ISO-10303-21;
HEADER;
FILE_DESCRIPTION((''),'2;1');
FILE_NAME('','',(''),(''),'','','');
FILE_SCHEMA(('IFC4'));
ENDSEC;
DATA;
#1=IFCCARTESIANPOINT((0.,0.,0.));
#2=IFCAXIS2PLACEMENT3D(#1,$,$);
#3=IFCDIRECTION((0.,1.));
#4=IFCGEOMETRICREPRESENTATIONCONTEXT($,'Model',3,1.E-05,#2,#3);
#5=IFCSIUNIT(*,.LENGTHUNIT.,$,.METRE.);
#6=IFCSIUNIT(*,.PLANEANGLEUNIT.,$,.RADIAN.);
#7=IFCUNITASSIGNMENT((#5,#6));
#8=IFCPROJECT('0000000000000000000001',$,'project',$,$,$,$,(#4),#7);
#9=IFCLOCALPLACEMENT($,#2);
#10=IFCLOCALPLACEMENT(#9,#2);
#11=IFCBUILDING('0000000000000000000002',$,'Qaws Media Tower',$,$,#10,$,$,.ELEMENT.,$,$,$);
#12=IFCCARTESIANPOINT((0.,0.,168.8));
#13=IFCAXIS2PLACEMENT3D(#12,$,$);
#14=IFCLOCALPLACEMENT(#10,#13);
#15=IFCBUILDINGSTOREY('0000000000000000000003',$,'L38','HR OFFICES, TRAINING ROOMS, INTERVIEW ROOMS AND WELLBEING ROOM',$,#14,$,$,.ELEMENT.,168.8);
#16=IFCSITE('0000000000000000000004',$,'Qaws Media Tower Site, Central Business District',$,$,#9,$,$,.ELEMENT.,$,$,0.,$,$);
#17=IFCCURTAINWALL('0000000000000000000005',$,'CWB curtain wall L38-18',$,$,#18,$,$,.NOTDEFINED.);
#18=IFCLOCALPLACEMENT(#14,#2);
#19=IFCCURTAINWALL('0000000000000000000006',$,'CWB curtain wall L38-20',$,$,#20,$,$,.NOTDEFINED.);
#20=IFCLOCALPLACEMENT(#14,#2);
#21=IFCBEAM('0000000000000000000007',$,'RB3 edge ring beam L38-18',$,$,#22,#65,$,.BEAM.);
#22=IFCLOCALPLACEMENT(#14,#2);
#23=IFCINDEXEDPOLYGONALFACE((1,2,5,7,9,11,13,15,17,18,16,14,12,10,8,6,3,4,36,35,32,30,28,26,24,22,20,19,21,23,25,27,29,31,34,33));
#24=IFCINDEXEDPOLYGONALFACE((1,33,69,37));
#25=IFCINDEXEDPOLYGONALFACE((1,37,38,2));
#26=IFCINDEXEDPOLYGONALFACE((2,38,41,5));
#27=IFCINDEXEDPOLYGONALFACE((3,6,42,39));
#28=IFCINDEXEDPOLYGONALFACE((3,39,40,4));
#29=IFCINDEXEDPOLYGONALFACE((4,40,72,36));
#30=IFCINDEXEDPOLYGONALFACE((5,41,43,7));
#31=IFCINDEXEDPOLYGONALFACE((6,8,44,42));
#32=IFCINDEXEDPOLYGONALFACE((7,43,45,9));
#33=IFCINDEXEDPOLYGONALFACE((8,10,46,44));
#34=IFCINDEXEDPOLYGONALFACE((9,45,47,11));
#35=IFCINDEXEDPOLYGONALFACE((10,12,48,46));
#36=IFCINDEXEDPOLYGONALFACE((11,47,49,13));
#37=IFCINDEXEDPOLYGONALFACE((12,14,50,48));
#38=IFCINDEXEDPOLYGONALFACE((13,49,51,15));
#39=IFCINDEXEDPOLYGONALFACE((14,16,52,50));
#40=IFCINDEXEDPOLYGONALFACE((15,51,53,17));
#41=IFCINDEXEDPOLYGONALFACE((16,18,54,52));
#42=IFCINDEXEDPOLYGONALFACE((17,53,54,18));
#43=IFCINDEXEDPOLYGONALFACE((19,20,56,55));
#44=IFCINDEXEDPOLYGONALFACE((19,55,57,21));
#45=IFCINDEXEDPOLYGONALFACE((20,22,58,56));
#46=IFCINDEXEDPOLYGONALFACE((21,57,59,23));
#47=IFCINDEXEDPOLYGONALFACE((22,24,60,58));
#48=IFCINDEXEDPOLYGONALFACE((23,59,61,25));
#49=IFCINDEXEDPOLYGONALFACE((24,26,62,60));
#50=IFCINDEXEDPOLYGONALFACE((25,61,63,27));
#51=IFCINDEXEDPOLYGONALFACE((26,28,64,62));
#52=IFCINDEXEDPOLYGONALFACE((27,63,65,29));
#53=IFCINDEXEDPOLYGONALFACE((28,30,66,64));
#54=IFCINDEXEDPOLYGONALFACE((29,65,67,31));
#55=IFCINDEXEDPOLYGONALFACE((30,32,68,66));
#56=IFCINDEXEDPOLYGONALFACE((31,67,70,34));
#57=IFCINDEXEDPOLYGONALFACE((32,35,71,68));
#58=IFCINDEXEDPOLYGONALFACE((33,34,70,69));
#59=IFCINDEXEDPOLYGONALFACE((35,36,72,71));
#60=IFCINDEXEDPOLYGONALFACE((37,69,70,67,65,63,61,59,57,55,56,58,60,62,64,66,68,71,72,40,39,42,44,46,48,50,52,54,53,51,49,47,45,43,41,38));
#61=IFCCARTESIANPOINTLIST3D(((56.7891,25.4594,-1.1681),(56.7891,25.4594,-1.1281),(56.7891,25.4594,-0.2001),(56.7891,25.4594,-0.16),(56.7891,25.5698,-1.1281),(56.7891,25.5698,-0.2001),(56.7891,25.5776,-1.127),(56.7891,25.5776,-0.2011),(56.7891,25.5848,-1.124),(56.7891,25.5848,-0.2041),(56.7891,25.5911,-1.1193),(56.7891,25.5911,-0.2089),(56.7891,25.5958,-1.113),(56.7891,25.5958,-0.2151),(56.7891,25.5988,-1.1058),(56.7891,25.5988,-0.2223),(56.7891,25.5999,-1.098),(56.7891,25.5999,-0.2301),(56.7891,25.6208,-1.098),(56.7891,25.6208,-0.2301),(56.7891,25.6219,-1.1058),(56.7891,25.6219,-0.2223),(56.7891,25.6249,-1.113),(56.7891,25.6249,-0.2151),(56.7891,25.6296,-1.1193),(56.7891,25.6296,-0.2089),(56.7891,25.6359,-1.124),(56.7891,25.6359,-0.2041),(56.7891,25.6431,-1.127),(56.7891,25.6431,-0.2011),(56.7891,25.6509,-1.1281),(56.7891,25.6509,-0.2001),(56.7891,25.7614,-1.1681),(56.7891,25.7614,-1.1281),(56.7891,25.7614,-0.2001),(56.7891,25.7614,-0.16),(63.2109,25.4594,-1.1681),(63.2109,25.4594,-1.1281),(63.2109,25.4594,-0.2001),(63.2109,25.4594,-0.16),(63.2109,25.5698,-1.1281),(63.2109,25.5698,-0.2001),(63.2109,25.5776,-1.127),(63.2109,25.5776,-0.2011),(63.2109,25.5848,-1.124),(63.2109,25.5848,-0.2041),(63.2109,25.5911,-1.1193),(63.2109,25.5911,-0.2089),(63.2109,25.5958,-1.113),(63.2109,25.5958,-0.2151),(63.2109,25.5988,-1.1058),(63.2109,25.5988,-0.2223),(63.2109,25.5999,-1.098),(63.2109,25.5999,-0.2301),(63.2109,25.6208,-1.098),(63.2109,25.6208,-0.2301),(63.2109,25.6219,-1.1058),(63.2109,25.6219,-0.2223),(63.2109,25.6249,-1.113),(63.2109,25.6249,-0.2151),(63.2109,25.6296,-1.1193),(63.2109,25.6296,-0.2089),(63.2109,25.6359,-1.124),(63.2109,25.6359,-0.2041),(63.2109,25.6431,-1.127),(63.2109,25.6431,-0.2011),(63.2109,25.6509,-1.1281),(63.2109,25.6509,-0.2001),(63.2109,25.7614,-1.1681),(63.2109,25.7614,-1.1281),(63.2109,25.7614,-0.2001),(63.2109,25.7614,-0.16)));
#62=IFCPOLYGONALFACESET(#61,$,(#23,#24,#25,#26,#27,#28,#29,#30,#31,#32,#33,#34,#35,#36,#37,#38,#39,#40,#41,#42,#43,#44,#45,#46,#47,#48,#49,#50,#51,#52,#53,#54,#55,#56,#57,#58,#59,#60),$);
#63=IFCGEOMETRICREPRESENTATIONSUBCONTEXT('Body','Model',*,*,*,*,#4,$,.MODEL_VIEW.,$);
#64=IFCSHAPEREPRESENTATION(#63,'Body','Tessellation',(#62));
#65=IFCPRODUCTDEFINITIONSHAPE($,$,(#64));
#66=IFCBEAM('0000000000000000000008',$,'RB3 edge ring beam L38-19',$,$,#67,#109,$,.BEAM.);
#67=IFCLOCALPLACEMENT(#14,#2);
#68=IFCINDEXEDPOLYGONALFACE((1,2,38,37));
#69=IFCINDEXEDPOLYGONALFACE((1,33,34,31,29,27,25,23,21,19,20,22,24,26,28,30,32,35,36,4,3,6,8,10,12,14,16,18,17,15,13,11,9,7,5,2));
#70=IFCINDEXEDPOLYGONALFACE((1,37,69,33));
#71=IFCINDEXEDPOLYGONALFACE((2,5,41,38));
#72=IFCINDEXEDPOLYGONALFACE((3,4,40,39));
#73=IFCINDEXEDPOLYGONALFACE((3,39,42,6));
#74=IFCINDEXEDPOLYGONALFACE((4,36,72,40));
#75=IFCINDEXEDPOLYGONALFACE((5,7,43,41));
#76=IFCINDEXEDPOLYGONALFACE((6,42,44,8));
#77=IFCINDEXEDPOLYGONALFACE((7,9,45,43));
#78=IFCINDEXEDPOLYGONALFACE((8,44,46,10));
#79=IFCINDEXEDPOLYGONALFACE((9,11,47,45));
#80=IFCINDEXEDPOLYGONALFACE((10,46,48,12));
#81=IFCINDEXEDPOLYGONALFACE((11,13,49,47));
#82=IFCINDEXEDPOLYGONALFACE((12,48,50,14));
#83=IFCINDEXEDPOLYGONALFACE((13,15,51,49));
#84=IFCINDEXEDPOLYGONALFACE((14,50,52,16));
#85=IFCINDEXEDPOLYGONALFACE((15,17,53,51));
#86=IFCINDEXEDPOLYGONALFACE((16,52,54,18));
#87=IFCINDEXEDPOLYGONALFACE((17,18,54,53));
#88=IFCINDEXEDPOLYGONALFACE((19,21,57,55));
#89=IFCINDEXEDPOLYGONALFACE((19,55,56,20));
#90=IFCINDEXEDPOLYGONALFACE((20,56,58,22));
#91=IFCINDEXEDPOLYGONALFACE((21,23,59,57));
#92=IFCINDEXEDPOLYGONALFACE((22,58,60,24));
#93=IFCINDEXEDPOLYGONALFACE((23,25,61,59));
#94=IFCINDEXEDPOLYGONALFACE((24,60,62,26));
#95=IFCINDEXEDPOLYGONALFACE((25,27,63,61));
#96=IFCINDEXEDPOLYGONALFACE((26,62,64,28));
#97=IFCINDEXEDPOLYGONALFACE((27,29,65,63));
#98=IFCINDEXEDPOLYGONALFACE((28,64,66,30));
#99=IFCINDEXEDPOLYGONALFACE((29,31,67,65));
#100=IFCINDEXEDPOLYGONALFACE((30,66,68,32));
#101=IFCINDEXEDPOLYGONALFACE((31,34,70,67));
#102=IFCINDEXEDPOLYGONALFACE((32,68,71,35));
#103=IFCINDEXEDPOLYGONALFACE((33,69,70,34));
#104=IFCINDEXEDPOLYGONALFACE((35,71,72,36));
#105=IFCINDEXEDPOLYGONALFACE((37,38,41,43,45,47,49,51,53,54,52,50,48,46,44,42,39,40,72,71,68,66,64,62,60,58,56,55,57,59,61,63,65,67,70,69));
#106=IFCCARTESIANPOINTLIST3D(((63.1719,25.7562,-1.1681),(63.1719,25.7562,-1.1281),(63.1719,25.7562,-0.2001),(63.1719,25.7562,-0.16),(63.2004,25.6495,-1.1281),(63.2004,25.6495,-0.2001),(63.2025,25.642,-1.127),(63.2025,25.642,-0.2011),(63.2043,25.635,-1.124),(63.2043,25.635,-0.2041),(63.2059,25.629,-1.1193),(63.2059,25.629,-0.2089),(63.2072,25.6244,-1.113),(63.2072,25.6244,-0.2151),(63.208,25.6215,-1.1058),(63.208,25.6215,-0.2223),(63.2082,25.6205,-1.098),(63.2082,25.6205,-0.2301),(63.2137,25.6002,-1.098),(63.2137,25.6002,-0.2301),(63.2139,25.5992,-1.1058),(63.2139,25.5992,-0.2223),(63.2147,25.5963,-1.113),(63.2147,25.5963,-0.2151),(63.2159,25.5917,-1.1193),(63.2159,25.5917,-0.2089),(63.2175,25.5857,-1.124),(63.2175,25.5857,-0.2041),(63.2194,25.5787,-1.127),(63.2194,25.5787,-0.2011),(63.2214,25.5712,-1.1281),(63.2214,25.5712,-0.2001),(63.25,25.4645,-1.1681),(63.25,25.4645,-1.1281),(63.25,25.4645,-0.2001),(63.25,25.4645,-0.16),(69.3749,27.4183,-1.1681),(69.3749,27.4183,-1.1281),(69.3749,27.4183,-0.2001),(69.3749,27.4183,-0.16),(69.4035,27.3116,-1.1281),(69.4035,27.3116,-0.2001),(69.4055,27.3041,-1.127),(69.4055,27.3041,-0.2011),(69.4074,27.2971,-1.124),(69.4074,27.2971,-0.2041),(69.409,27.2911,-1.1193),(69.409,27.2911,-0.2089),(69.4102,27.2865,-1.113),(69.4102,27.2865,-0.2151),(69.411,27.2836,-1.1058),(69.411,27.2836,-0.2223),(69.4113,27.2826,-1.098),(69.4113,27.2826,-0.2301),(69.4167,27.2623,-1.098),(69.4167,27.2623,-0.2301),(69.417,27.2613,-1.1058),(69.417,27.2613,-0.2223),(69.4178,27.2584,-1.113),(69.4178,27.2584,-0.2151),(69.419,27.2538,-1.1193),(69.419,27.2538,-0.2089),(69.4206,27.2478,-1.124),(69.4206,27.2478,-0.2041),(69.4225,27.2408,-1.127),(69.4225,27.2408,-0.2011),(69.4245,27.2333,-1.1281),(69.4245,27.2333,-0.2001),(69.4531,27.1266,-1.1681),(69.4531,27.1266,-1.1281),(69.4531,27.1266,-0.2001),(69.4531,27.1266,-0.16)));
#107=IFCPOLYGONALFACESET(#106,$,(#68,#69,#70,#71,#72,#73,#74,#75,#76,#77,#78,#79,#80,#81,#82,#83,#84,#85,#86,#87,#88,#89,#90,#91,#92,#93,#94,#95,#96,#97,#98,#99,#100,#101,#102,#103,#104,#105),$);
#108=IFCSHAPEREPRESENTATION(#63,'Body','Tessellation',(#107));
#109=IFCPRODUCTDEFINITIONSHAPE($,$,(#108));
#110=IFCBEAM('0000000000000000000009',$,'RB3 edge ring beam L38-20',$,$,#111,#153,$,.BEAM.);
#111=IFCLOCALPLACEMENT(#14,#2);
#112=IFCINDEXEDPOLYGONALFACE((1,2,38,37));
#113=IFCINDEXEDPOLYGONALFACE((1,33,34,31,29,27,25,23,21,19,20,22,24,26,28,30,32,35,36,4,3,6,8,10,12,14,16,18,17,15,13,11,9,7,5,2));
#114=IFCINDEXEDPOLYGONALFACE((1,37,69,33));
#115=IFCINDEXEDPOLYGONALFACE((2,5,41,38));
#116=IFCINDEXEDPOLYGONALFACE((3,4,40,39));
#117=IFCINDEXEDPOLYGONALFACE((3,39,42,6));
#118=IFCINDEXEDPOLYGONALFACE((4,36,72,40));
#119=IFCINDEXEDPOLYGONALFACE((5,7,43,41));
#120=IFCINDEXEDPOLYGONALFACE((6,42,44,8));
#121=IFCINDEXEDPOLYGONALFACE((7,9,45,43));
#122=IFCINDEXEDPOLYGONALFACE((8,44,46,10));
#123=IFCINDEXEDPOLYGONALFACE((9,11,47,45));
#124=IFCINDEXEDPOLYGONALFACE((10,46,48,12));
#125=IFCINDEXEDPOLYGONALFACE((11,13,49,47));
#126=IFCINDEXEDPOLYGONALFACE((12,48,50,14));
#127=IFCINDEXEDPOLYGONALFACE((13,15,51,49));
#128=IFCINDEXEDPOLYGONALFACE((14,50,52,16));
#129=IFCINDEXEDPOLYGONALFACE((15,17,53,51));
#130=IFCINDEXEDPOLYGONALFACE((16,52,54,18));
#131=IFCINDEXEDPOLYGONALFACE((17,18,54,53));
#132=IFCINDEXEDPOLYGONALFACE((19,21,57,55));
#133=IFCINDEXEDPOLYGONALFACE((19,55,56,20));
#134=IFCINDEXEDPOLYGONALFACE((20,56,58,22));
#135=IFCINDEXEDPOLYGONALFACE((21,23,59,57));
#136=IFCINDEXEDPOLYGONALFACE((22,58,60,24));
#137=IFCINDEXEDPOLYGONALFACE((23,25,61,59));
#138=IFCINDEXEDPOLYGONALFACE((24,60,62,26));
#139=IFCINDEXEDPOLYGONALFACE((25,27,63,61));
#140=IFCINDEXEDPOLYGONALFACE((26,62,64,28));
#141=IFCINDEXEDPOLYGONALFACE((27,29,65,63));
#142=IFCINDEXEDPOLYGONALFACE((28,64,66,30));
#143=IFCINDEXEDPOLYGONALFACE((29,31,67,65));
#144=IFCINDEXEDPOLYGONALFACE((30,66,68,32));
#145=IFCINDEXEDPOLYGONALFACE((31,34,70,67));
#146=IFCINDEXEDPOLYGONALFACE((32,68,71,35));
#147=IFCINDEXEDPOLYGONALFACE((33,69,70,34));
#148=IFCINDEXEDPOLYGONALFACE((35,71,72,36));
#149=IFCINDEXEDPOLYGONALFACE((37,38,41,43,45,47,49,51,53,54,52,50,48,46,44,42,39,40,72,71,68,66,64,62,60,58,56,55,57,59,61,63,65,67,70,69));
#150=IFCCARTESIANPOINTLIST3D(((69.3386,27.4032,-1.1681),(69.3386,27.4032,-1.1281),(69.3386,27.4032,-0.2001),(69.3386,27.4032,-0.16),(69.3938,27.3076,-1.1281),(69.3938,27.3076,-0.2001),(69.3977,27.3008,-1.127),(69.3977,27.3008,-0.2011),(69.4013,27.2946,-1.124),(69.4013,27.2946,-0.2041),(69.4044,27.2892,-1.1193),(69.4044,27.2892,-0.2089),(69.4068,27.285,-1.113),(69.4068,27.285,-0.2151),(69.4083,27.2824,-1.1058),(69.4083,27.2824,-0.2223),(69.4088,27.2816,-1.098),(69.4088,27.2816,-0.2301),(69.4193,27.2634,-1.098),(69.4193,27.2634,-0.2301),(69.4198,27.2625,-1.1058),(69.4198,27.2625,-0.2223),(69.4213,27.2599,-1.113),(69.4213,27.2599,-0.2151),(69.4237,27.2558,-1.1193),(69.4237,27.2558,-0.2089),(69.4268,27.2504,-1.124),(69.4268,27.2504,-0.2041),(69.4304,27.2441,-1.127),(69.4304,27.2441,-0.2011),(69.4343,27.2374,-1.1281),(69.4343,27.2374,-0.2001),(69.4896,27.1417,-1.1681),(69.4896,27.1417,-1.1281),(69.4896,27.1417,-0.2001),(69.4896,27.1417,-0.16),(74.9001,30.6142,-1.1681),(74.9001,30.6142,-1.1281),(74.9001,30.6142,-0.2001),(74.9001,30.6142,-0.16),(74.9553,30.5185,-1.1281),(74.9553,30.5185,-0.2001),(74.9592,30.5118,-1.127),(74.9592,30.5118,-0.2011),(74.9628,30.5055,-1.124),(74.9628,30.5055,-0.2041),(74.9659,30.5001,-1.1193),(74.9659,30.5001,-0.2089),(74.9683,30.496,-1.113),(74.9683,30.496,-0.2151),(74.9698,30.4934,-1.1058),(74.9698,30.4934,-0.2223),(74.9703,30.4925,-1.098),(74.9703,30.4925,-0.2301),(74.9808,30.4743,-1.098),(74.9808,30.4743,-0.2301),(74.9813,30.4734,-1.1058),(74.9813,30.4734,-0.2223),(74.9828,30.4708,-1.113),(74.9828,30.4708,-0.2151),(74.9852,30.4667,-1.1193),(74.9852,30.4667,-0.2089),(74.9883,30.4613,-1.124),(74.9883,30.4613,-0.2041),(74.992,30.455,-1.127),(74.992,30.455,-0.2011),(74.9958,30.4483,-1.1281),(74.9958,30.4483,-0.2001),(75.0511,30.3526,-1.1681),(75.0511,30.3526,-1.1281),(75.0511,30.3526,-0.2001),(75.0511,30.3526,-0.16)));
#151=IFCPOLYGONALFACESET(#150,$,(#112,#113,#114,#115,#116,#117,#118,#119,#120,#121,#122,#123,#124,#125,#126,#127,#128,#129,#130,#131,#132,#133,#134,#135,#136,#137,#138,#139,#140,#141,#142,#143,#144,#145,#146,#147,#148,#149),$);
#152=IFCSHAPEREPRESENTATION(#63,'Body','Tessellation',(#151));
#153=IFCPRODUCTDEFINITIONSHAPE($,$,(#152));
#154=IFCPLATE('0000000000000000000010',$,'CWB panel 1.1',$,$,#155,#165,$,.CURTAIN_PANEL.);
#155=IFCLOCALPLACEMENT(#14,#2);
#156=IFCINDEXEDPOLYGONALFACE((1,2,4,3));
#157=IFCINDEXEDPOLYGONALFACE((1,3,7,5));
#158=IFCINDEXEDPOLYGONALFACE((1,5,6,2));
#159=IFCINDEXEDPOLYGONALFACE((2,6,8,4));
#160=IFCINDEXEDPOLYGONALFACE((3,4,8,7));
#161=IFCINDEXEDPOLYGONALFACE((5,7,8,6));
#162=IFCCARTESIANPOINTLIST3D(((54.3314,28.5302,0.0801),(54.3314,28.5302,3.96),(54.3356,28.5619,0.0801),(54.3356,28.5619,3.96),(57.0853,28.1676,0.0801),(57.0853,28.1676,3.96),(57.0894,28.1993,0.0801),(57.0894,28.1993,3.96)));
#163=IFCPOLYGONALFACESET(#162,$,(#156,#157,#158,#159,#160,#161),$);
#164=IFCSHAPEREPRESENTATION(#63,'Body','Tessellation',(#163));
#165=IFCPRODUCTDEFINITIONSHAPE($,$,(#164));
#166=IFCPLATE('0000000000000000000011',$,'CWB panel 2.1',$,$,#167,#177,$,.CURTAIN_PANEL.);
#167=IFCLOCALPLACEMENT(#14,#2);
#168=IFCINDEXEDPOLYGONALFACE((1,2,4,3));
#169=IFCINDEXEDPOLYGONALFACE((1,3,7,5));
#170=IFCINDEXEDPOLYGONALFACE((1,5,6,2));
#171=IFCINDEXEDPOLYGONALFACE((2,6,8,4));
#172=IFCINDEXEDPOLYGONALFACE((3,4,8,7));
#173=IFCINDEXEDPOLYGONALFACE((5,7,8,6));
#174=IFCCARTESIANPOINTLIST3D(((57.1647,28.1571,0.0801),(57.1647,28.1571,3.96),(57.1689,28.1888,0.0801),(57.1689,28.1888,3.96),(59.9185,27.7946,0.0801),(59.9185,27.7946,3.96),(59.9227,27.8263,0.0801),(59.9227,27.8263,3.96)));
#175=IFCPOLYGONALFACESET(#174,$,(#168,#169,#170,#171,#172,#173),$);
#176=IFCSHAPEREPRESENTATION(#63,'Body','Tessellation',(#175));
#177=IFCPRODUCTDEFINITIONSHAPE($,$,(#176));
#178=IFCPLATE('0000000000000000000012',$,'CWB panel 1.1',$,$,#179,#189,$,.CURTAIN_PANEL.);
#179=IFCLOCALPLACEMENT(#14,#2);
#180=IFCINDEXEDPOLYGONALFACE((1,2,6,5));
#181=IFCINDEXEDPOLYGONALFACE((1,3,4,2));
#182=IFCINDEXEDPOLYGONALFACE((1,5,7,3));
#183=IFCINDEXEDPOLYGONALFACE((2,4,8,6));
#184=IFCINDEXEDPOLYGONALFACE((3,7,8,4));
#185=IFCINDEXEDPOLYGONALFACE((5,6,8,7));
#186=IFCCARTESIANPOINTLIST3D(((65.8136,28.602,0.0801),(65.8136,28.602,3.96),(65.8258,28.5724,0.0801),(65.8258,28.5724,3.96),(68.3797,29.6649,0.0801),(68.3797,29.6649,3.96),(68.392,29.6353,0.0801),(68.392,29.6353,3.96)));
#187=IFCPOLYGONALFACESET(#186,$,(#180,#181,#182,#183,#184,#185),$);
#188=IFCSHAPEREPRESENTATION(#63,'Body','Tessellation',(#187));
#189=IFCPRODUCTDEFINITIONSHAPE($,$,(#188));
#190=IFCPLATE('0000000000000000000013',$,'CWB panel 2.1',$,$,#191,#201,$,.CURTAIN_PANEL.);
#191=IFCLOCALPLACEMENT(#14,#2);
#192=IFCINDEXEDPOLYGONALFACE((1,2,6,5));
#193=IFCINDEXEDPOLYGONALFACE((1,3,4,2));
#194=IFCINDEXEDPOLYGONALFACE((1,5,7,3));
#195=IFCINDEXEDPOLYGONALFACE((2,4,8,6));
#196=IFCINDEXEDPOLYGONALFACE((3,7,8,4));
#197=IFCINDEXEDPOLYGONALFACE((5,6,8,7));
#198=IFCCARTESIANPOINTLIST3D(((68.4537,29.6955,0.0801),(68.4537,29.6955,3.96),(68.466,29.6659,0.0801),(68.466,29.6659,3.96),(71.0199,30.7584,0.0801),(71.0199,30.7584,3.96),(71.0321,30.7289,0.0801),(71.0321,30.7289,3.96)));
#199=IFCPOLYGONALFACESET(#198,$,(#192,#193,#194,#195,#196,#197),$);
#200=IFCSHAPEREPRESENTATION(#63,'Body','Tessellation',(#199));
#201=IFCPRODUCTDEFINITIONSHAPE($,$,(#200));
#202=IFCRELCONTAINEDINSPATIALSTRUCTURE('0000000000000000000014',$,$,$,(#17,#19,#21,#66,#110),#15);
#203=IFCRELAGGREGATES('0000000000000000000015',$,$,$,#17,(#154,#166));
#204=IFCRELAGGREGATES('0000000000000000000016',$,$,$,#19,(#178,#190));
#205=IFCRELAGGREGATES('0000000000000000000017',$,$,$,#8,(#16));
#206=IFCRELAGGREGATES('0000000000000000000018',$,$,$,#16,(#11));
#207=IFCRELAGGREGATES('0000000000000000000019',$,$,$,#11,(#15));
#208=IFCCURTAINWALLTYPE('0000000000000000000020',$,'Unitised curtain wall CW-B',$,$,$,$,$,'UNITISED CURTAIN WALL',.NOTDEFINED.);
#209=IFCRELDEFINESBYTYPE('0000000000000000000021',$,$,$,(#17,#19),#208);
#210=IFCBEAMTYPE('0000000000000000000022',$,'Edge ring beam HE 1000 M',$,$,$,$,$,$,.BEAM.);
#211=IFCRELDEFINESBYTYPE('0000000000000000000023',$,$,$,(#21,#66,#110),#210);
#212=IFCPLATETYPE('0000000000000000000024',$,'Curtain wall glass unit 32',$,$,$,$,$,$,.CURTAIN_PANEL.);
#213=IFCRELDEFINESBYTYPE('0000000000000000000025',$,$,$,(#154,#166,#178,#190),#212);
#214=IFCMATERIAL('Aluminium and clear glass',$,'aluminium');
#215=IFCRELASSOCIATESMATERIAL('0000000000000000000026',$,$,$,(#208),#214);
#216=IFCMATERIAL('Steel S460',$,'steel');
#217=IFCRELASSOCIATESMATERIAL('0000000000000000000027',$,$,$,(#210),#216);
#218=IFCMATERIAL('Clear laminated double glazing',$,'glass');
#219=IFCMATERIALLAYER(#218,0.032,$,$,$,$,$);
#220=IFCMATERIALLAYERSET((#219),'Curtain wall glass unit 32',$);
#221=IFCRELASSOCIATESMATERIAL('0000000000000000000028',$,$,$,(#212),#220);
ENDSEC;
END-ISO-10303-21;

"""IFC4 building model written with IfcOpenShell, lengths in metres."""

from ifc_helpers import new_model, si_unit, direction, frame, origin, origin_2d, place, context, subcontext, project, spatial, rectangle, i_section, extrude, material, layer, layer_set, material_profile, profile_set, type_object, element, aggregate, save


model = new_model("IFC4")

# Units and contexts
model_context = context("Model", 3, precision=1e-05, world=origin(), true_north=direction((0.0, 1.0)))
body_context = subcontext(model_context, "Body", "Model", "MODEL_VIEW")
ifc_project = project(units=[si_unit("LENGTHUNIT", "METRE"), si_unit("PLANEANGLEUNIT", "RADIAN")], contexts=[model_context])

# Site, building, storey
site_placement = place(None, origin())
site = spatial("IfcSite", under=ifc_project, at=site_placement, Name="Qaws Media Tower Site, Central Business District", CompositionType="ELEMENT", RefElevation=0.0)
building_placement = place(site_placement, origin())
building = spatial("IfcBuilding", under=site, at=building_placement, Name="Qaws Media Tower", CompositionType="ELEMENT")
storey_placement = place(building_placement, frame((0.0, 0.0, 168.8)))
storey = spatial("IfcBuildingStorey", under=building, at=storey_placement, Name="L38", Description="HR OFFICES, TRAINING ROOMS, INTERVIEW ROOMS AND WELLBEING ROOM", CompositionType="ELEMENT", Elevation=168.8)

# Curtain walls
ifc_material_1 = material(Name="Aluminium and clear glass", Category="aluminium")
curtain_wall_type = type_object("IfcCurtainWallType", Name="Unitised curtain wall CW-B", ElementType="UNITISED CURTAIN WALL", PredefinedType="NOTDEFINED", material=ifc_material_1)
curtain_wall_1_placement = place(storey_placement, origin())
curtain_wall_1 = element("IfcCurtainWall", 1, at=curtain_wall_1_placement, inside=storey, type_object=curtain_wall_type, Name="CWB curtain wall L38-18", PredefinedType="NOTDEFINED")
curtain_wall_2_placement = place(storey_placement, origin())
curtain_wall_2 = element("IfcCurtainWall", 2, at=curtain_wall_2_placement, inside=storey, type_object=curtain_wall_type, Name="CWB curtain wall L38-20", PredefinedType="NOTDEFINED")

# Beams
ifc_material_2 = material(Name="Steel S460", Category="steel")
ifc_material_profile_1 = material_profile(ifc_material_2, i_section(OverallWidth=0.302, OverallDepth=1.0081, WebThickness=0.021, FlangeThickness=0.04, FilletRadius=0.03, at=origin_2d()), Name="HE 1000 M")
ifc_profile_set_1 = profile_set([ifc_material_profile_1], Name="Steel S460")
beam_type = type_object("IfcBeamType", Name="Edge ring beam HE 1000 M", PredefinedType="BEAM", material=ifc_profile_set_1)
for number, where, z_axis, x_axis, name in (
    (3, (56.7891, 25.6104, -0.6641), (1.0, 0.0, 0.0), (0.0, 1.0, 0.0), "RB3 edge ring beam L38-18"),
    (4, (63.2109, 25.6104, -0.6641), (0.965926, 0.258817, 0.0), (-0.258817, 0.965926, 0.0), "RB3 edge ring beam L38-19"),
    (5, (69.4141, 27.2725, -0.6641), (0.866026, 0.499999, 0.0), (-0.499999, 0.866026, 0.0), "RB3 edge ring beam L38-20"),
):
    element("IfcBeam", number, at=place(storey_placement, frame(where, z_axis=z_axis, x_axis=x_axis)), inside=storey, type_object=beam_type, Name=name, PredefinedType="BEAM", context=body_context, shape_type="SweptSolid", body=[
        extrude(i_section(OverallWidth=0.302, OverallDepth=1.0081, WebThickness=0.021, FlangeThickness=0.04, FilletRadius=0.03, at=origin_2d()), origin(), (0.0, 0.0, 1.0), 6.4219),
    ])

# Plates
ifc_material_3 = material(Name="Clear laminated double glazing", Category="glass")
ifc_layer_1 = layer(ifc_material_3, 0.032)
ifc_layer_set_1 = layer_set([ifc_layer_1], Name="Curtain wall glass unit 32")
plate_type_1 = type_object("IfcPlateType", Name="Curtain wall glass unit 32", PredefinedType="CURTAIN_PANEL", material=ifc_layer_set_1)
plate_1_placement = place(storey_placement, frame((55.7104, 28.3647, 0.0801), z_axis=(0.0, 0.0, 1.0), x_axis=(0.991445, -0.130526, 0.0)))
plate_1 = element("IfcPlate", 6, at=plate_1_placement, type_object=plate_type_1, Name="CWB panel 1.1", PredefinedType="CURTAIN_PANEL", context=body_context, shape_type="SweptSolid", body=[
    extrude(rectangle(XDim=2.7776, YDim=0.032, at=origin_2d()), origin(), (0.0, 0.0, 1.0), 3.8799),
])
plate_2_placement = place(storey_placement, frame((58.5437, 27.9917, 0.0801), z_axis=(0.0, 0.0, 1.0), x_axis=(0.991445, -0.130526, 0.0)))
plate_2 = element("IfcPlate", 7, at=plate_2_placement, type_object=plate_type_1, Name="CWB panel 2.1", PredefinedType="CURTAIN_PANEL", context=body_context, shape_type="SweptSolid", body=[
    extrude(rectangle(XDim=2.7776, YDim=0.032, at=origin_2d()), origin(), (0.0, 0.0, 1.0), 3.8799),
])
aggregate(curtain_wall_1, [plate_1, plate_2])
plate_3_placement = place(storey_placement, frame((67.1028, 29.1187, 0.0801), z_axis=(0.0, 0.0, 1.0), x_axis=(0.92388, 0.382683, 0.0)))
plate_3 = element("IfcPlate", 8, at=plate_3_placement, type_object=plate_type_1, Name="CWB panel 1.1", PredefinedType="CURTAIN_PANEL", context=body_context, shape_type="SweptSolid", body=[
    extrude(rectangle(XDim=2.7776, YDim=0.032, at=origin_2d()), origin(), (0.0, 0.0, 1.0), 3.8799),
])
plate_4_placement = place(storey_placement, frame((69.7429, 30.2122, 0.0801), z_axis=(0.0, 0.0, 1.0), x_axis=(0.92388, 0.382683, 0.0)))
plate_4 = element("IfcPlate", 9, at=plate_4_placement, type_object=plate_type_1, Name="CWB panel 2.1", PredefinedType="CURTAIN_PANEL", context=body_context, shape_type="SweptSolid", body=[
    extrude(rectangle(XDim=2.7776, YDim=0.032, at=origin_2d()), origin(), (0.0, 0.0, 1.0), 3.8799),
])
aggregate(curtain_wall_2, [plate_3, plate_4])

save(model, "model.ifc")
